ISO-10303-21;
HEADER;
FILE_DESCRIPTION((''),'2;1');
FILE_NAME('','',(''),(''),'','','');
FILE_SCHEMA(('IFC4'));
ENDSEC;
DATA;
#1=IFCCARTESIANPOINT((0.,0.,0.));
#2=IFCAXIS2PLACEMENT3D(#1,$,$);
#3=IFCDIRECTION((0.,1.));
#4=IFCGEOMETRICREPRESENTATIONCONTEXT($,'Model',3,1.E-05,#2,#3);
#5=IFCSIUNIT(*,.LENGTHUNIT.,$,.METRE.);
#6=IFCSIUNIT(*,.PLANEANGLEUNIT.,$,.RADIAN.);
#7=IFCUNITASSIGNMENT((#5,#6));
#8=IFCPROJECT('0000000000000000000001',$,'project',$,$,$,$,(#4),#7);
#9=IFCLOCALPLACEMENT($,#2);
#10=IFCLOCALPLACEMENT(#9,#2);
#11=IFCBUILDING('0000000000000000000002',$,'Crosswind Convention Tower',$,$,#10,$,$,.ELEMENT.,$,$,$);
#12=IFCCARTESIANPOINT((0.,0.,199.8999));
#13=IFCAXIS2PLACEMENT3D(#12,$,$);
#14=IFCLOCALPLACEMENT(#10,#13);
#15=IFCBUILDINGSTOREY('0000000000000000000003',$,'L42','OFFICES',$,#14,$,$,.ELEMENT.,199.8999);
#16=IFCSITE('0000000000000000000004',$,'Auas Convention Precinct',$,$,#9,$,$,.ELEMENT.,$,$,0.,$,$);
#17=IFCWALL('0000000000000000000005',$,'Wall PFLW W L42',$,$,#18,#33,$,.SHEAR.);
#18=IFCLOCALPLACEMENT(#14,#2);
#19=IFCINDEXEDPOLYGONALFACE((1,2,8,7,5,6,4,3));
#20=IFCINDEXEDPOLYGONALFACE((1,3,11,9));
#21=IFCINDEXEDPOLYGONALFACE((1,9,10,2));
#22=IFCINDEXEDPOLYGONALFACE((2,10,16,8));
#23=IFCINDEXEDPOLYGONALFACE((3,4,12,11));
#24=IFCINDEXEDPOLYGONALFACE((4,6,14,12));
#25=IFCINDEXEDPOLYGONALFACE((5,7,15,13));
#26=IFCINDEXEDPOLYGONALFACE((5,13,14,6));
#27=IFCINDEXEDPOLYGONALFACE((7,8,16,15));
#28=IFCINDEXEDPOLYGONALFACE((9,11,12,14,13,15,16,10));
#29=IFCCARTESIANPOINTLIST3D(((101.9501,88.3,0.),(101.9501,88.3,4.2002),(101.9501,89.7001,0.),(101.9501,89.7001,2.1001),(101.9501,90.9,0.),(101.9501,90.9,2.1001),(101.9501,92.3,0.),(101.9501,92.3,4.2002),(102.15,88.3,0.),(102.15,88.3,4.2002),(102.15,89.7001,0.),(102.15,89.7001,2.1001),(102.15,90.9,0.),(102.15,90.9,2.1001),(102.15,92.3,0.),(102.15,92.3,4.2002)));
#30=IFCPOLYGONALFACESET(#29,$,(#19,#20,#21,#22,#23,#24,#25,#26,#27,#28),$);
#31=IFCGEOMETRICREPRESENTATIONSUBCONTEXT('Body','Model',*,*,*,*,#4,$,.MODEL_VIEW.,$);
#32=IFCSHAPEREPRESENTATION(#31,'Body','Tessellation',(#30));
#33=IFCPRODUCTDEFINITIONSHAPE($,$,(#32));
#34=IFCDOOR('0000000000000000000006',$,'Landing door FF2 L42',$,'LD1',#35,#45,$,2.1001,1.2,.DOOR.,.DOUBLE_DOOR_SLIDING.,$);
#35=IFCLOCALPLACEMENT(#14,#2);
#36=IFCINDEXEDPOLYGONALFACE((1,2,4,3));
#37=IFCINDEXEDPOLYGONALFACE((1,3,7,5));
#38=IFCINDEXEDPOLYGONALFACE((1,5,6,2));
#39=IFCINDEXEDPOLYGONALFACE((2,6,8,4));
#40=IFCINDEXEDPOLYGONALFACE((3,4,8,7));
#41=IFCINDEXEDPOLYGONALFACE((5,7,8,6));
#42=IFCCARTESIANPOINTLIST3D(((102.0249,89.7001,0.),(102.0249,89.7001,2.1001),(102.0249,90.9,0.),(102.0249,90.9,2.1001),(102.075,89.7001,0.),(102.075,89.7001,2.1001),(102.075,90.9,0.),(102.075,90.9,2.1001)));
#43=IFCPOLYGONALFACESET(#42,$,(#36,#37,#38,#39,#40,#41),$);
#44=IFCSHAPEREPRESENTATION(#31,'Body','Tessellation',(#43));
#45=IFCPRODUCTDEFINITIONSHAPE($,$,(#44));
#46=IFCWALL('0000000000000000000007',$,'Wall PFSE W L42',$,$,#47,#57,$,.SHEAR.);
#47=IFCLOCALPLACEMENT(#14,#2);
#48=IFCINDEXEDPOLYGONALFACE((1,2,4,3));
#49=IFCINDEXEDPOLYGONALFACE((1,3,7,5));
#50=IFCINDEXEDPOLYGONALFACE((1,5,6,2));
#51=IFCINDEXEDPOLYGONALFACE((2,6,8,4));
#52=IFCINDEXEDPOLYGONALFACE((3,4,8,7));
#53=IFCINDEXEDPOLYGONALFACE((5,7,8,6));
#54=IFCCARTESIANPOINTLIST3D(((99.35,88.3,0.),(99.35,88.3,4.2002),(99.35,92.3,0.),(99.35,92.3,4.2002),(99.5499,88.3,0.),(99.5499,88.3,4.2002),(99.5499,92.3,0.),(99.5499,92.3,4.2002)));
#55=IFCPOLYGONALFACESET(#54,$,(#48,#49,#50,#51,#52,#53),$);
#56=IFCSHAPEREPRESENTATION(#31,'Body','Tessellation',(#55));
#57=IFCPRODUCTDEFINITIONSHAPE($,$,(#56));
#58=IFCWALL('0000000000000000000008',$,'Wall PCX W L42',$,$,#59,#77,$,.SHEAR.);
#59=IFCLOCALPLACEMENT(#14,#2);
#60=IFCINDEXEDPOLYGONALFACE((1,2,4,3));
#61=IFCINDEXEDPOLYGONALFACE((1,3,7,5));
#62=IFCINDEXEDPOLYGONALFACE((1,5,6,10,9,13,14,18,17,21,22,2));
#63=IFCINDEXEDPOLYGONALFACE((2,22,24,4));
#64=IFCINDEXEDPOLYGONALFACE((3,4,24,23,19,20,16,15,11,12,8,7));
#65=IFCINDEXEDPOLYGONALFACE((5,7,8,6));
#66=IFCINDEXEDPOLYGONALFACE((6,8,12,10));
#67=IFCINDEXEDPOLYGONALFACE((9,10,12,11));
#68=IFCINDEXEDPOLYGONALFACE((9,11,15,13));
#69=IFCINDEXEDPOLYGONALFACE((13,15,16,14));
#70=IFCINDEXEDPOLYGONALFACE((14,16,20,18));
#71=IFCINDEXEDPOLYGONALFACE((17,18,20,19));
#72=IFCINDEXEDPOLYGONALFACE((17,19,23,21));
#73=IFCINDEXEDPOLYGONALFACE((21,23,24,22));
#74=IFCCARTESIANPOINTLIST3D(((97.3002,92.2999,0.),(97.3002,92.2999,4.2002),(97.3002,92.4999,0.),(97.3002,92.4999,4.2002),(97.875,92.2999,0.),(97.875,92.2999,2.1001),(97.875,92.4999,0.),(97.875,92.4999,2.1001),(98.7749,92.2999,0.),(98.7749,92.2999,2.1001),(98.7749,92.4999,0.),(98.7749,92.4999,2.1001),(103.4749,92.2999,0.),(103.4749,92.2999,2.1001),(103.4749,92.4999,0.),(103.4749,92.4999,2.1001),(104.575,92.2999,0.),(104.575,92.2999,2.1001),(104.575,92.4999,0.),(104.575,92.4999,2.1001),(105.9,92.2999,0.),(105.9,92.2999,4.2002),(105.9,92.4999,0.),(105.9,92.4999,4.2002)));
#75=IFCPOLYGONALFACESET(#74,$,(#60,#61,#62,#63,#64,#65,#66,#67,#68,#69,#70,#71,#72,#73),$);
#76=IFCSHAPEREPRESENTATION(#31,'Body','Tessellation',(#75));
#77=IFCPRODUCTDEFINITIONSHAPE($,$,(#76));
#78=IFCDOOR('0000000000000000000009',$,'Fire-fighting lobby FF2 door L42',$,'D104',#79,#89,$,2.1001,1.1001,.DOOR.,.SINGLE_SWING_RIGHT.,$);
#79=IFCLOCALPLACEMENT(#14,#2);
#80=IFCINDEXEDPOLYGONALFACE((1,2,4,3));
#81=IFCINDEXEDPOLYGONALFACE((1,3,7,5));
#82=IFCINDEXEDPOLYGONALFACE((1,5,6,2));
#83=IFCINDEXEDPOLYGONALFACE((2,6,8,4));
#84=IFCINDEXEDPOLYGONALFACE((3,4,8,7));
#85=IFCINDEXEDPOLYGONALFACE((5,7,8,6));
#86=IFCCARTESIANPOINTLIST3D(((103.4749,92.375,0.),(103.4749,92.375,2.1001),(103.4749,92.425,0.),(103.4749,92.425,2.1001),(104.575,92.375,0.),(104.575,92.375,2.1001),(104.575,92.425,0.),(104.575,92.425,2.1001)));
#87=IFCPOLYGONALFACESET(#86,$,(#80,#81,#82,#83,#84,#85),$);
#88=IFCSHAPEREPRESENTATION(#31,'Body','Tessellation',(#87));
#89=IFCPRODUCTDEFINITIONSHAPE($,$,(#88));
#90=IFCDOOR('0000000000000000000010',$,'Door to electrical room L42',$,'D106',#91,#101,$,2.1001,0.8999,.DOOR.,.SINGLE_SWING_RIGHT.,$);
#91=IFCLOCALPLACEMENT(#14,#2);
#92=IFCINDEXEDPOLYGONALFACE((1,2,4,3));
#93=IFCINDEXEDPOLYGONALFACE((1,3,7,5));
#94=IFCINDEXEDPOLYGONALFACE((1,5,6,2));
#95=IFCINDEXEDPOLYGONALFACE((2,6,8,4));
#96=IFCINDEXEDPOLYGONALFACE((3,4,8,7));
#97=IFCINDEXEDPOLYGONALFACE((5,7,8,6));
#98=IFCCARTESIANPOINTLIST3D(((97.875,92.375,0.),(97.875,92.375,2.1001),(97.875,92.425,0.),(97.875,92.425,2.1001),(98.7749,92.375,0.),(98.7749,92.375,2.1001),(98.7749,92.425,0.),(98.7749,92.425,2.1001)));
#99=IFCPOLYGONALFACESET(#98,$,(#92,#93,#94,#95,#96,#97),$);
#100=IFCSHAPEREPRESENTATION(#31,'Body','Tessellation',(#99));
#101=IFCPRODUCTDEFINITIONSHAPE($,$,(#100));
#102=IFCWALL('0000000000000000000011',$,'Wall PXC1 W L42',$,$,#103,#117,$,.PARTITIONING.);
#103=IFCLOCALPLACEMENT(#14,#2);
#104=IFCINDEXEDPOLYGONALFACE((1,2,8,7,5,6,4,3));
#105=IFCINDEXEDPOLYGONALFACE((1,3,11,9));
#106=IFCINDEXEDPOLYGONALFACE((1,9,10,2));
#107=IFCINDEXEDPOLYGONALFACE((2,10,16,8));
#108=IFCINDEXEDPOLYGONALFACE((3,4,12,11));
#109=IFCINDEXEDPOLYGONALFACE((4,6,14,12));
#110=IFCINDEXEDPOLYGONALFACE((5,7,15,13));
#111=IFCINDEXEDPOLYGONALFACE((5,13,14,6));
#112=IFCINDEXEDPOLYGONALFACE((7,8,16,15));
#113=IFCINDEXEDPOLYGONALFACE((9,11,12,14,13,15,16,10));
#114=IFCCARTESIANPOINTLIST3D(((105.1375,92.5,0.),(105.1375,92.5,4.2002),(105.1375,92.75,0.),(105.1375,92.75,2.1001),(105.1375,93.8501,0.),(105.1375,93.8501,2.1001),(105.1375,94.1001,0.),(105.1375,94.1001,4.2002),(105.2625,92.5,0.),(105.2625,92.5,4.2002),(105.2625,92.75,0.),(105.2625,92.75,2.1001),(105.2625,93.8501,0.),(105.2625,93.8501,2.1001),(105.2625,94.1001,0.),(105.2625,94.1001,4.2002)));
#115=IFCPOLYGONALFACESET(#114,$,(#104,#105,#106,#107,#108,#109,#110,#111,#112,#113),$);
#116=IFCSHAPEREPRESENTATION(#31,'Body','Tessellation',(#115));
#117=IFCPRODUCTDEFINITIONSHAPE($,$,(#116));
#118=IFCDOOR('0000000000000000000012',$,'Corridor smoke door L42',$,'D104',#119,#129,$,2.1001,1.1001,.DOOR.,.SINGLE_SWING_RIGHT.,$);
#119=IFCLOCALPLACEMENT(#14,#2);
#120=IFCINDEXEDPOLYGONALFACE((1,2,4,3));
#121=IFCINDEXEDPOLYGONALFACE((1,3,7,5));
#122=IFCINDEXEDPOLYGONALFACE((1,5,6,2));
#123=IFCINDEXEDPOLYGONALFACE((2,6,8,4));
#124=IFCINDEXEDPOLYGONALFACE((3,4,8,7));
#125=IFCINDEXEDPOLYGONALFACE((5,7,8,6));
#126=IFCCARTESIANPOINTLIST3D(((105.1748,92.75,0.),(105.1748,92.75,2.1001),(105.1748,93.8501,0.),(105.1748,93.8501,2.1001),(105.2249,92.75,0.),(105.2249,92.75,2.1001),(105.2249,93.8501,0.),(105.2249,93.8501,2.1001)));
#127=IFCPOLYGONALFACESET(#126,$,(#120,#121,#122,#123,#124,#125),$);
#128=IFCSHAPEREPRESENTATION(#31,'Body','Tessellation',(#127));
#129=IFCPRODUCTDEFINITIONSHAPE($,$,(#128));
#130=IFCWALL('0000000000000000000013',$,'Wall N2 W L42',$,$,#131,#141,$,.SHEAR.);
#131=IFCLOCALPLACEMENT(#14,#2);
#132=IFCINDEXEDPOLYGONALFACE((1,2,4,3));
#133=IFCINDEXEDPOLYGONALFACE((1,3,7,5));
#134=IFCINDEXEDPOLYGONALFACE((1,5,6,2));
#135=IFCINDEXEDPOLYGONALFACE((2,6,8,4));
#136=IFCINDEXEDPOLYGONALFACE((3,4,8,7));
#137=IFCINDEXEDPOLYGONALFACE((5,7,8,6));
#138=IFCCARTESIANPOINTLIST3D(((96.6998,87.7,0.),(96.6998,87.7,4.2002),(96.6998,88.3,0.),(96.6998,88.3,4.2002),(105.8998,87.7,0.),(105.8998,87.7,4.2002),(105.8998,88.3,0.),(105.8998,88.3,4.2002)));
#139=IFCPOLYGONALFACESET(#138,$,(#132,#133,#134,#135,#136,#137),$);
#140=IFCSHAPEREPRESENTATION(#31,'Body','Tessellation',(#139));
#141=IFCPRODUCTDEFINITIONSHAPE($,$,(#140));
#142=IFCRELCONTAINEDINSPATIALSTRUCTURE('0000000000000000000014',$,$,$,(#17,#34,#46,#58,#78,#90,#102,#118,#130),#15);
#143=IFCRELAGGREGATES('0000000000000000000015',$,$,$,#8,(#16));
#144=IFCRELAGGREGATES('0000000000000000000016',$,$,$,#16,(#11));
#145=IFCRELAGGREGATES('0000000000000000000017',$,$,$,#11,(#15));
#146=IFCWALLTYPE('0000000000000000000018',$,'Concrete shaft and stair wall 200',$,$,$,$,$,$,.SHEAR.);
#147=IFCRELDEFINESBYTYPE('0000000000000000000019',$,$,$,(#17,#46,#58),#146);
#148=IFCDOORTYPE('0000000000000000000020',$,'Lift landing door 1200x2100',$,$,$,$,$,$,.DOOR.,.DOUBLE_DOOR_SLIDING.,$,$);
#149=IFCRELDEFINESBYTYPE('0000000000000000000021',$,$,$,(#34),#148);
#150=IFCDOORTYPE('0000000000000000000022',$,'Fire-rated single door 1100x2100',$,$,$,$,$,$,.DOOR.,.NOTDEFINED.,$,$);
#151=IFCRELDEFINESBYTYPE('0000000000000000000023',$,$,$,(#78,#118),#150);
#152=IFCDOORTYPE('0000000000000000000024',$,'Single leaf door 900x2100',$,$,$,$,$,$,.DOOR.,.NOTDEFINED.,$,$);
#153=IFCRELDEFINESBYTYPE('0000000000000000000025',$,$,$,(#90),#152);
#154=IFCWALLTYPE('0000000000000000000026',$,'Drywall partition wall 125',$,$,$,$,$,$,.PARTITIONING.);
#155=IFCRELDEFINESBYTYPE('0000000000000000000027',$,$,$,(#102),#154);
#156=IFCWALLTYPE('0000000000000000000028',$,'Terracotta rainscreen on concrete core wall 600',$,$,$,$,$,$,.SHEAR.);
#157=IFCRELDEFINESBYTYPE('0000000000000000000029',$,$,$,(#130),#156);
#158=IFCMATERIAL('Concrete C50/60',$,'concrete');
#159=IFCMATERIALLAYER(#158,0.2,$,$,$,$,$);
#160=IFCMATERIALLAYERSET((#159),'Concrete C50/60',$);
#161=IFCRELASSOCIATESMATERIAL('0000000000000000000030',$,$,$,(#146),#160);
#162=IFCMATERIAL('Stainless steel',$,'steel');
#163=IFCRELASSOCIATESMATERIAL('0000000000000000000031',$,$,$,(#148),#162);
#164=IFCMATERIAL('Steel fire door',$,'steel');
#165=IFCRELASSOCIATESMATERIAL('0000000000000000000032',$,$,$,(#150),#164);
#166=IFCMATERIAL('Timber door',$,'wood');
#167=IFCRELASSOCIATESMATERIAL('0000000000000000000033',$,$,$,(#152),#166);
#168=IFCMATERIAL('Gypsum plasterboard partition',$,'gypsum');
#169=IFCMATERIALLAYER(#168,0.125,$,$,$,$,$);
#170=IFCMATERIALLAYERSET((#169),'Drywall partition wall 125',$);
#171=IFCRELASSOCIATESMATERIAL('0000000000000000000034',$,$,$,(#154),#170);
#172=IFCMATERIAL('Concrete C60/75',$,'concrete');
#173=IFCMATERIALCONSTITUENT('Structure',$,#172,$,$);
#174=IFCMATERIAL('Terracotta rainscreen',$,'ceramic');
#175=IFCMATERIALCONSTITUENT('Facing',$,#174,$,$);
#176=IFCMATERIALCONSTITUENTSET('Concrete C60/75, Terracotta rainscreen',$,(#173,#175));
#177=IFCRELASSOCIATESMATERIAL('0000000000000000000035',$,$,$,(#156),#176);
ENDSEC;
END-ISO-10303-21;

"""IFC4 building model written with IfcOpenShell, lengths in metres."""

from ifc_helpers import new_model, si_unit, direction, frame, frame_2d, origin, place, context, subcontext, project, spatial, rectangle, extrude, material, layer, layer_set, constituent, constituent_set, type_object, element, fill, save


model = new_model("IFC4")

# Units and contexts
model_context = context("Model", 3, precision=1e-05, world=origin(), true_north=direction((0.0, 1.0)))
body_context = subcontext(model_context, "Body", "Model", "MODEL_VIEW")
ifc_project = project(units=[si_unit("LENGTHUNIT", "METRE"), si_unit("PLANEANGLEUNIT", "RADIAN")], contexts=[model_context])

# Site, building, storey
site_placement = place(None, origin())
site = spatial("IfcSite", under=ifc_project, at=site_placement, Name="Auas Convention Precinct", CompositionType="ELEMENT", RefElevation=0.0)
building_placement = place(site_placement, origin())
building = spatial("IfcBuilding", under=site, at=building_placement, Name="Crosswind Convention Tower", CompositionType="ELEMENT")
storey_placement = place(building_placement, frame((0.0, 0.0, 199.8999)))
storey = spatial("IfcBuildingStorey", under=building, at=storey_placement, Name="L42", Description="OFFICES", CompositionType="ELEMENT", Elevation=199.8999)

# Shared definitions
ifc_material_1 = material(Name="Concrete C50/60", Category="concrete")
ifc_layer_1 = layer(ifc_material_1, 0.2)
ifc_layer_set_1 = layer_set([ifc_layer_1], Name="Concrete C50/60")
wall_type_1 = type_object("IfcWallType", Name="Concrete shaft and stair wall 200", PredefinedType="SHEAR", material=ifc_layer_set_1)

# Wall, opening, door
wall_1_placement = place(storey_placement, frame((102.05, 92.3, 0.0), z_axis=(0.0, 0.0, 1.0), x_axis=(0.0, -1.0, 0.0)))
wall_1 = element("IfcWall", 1, at=wall_1_placement, inside=storey, type_object=wall_type_1, Name="Wall PFLW W L42", PredefinedType="SHEAR", context=body_context, shape_type="SweptSolid", body=[
    extrude(rectangle(XDim=4.0, YDim=0.2, at=frame_2d((2.0, 0.0))), origin(), (0.0, 0.0, 1.0), 4.2002),
])
opening_1_placement = place(wall_1_placement, frame((1.3999, 0.0, 0.0)))
opening_1 = element("IfcOpeningElement", 2, at=opening_1_placement, cuts=wall_1, PredefinedType="OPENING", context=body_context, shape_type="SweptSolid", body=[
    extrude(rectangle(XDim=1.2, YDim=2.1001, at=frame_2d((0.6001, 1.05))), frame((0.0, 0.1099, 0.0), z_axis=(0.0, -1.0, 0.0), x_axis=(1.0, 0.0, 0.0)), (0.0, 0.0, 1.0), 0.22),
])
ifc_material_2 = material(Name="Stainless steel", Category="steel")
door_type_1 = type_object("IfcDoorType", Name="Lift landing door 1200x2100", OperationType="DOUBLE_DOOR_SLIDING", PredefinedType="DOOR", material=ifc_material_2)
door_1_placement = place(opening_1_placement, origin())
door_1 = element("IfcDoor", 3, at=door_1_placement, inside=storey, type_object=door_type_1, Name="Landing door FF2 L42", ObjectType="LD1", OperationType="DOUBLE_DOOR_SLIDING", OverallHeight=2.1001, OverallWidth=1.2, PredefinedType="DOOR", context=body_context, shape_type="SweptSolid", body=[
    extrude(rectangle(XDim=1.2, YDim=2.1001, at=frame_2d((0.6001, 1.05))), frame((0.0, 0.0249, 0.0), z_axis=(0.0, -1.0, 0.0), x_axis=(1.0, 0.0, 0.0)), (0.0, 0.0, 1.0), 0.05),
])
fill(opening_1, door_1)

# Wall
wall_2_placement = place(storey_placement, frame((99.45, 92.3, 0.0), z_axis=(0.0, 0.0, 1.0), x_axis=(0.0, -1.0, 0.0)))
element("IfcWall", 4, at=wall_2_placement, inside=storey, type_object=wall_type_1, Name="Wall PFSE W L42", PredefinedType="SHEAR", context=body_context, shape_type="SweptSolid", body=[
    extrude(rectangle(XDim=4.0, YDim=0.2, at=frame_2d((2.0, 0.0))), origin(), (0.0, 0.0, 1.0), 4.2002),
])

# Wall, openings, doors
wall_3_placement = place(storey_placement, frame((105.8999, 92.3999, 0.0), z_axis=(0.0, 0.0, 1.0), x_axis=(-1.0, 0.0, 0.0)))
wall_3 = element("IfcWall", 5, at=wall_3_placement, inside=storey, type_object=wall_type_1, Name="Wall PCX W L42", PredefinedType="SHEAR", context=body_context, shape_type="SweptSolid", body=[
    extrude(rectangle(XDim=8.5999, YDim=0.2, at=frame_2d((4.2998, 0.0))), origin(), (0.0, 0.0, 1.0), 4.2002),
])
opening_2_placement = place(wall_3_placement, frame((1.325, 0.0, 0.0)))
opening_2 = element("IfcOpeningElement", 6, at=opening_2_placement, cuts=wall_3, PredefinedType="OPENING", context=body_context, shape_type="SweptSolid", body=[
    extrude(rectangle(XDim=1.1001, YDim=2.1001, at=frame_2d((0.55, 1.05))), frame((0.0, 0.1099, 0.0), z_axis=(0.0, -1.0, 0.0), x_axis=(1.0, 0.0, 0.0)), (0.0, 0.0, 1.0), 0.22),
])
opening_3_placement = place(wall_3_placement, frame((7.125, 0.0, 0.0)))
opening_3 = element("IfcOpeningElement", 7, at=opening_3_placement, cuts=wall_3, PredefinedType="OPENING", context=body_context, shape_type="SweptSolid", body=[
    extrude(rectangle(XDim=0.8999, YDim=2.1001, at=frame_2d((0.45, 1.05))), frame((0.0, 0.1099, 0.0), z_axis=(0.0, -1.0, 0.0), x_axis=(1.0, 0.0, 0.0)), (0.0, 0.0, 1.0), 0.22),
])
ifc_material_3 = material(Name="Steel fire door", Category="steel")
door_type_2 = type_object("IfcDoorType", Name="Fire-rated single door 1100x2100", OperationType="NOTDEFINED", PredefinedType="DOOR", material=ifc_material_3)
door_2_placement = place(opening_2_placement, origin())
door_2 = element("IfcDoor", 8, at=door_2_placement, inside=storey, type_object=door_type_2, Name="Fire-fighting lobby FF2 door L42", ObjectType="D104", OperationType="SINGLE_SWING_RIGHT", OverallHeight=2.1001, OverallWidth=1.1001, PredefinedType="DOOR", context=body_context, shape_type="SweptSolid", body=[
    extrude(rectangle(XDim=1.1001, YDim=2.1001, at=frame_2d((0.55, 1.05))), frame((0.0, 0.0249, 0.0), z_axis=(0.0, -1.0, 0.0), x_axis=(1.0, 0.0, 0.0)), (0.0, 0.0, 1.0), 0.05),
])
fill(opening_2, door_2)
ifc_material_4 = material(Name="Timber door", Category="wood")
door_type_3 = type_object("IfcDoorType", Name="Single leaf door 900x2100", OperationType="NOTDEFINED", PredefinedType="DOOR", material=ifc_material_4)
door_3_placement = place(opening_3_placement, origin())
door_3 = element("IfcDoor", 9, at=door_3_placement, inside=storey, type_object=door_type_3, Name="Door to electrical room L42", ObjectType="D106", OperationType="SINGLE_SWING_RIGHT", OverallHeight=2.1001, OverallWidth=0.8999, PredefinedType="DOOR", context=body_context, shape_type="SweptSolid", body=[
    extrude(rectangle(XDim=0.8999, YDim=2.1001, at=frame_2d((0.45, 1.05))), frame((0.0, 0.0249, 0.0), z_axis=(0.0, -1.0, 0.0), x_axis=(1.0, 0.0, 0.0)), (0.0, 0.0, 1.0), 0.05),
])
fill(opening_3, door_3)

# Wall, opening, door
ifc_material_5 = material(Name="Gypsum plasterboard partition", Category="gypsum")
ifc_layer_2 = layer(ifc_material_5, 0.125)
ifc_layer_set_2 = layer_set([ifc_layer_2], Name="Drywall partition wall 125")
wall_type_2 = type_object("IfcWallType", Name="Drywall partition wall 125", PredefinedType="PARTITIONING", material=ifc_layer_set_2)
wall_4_placement = place(storey_placement, frame((105.2, 94.1001, 0.0), z_axis=(0.0, 0.0, 1.0), x_axis=(0.0, -1.0, 0.0)))
wall_4 = element("IfcWall", 10, at=wall_4_placement, inside=storey, type_object=wall_type_2, Name="Wall PXC1 W L42", PredefinedType="PARTITIONING", context=body_context, shape_type="SweptSolid", body=[
    extrude(rectangle(XDim=1.6001, YDim=0.125, at=frame_2d((0.8, 0.0))), origin(), (0.0, 0.0, 1.0), 4.2002),
])
opening_4_placement = place(wall_4_placement, frame((0.25, 0.0, 0.0)))
opening_4 = element("IfcOpeningElement", 11, at=opening_4_placement, cuts=wall_4, PredefinedType="OPENING", context=body_context, shape_type="SweptSolid", body=[
    extrude(rectangle(XDim=1.1001, YDim=2.1001, at=frame_2d((0.55, 1.05))), frame((0.0, 0.0725, 0.0), z_axis=(0.0, -1.0, 0.0), x_axis=(1.0, 0.0, 0.0)), (0.0, 0.0, 1.0), 0.145),
])
door_4_placement = place(opening_4_placement, origin())
door_4 = element("IfcDoor", 12, at=door_4_placement, inside=storey, type_object=door_type_2, Name="Corridor smoke door L42", ObjectType="D104", OperationType="SINGLE_SWING_RIGHT", OverallHeight=2.1001, OverallWidth=1.1001, PredefinedType="DOOR", context=body_context, shape_type="SweptSolid", body=[
    extrude(rectangle(XDim=1.1001, YDim=2.1001, at=frame_2d((0.55, 1.05))), frame((0.0, 0.0249, 0.0), z_axis=(0.0, -1.0, 0.0), x_axis=(1.0, 0.0, 0.0)), (0.0, 0.0, 1.0), 0.05),
])
fill(opening_4, door_4)

# Wall
ifc_material_6 = material(Name="Concrete C60/75", Category="concrete")
ifc_constituent_1 = constituent(ifc_material_6, Name="Structure")
ifc_material_7 = material(Name="Terracotta rainscreen", Category="ceramic")
ifc_constituent_2 = constituent(ifc_material_7, Name="Facing")
ifc_constituent_set = constituent_set(constituents=[ifc_constituent_1, ifc_constituent_2], Name="Concrete C60/75, Terracotta rainscreen")
wall_type_3 = type_object("IfcWallType", Name="Terracotta rainscreen on concrete core wall 600", PredefinedType="SHEAR", material=ifc_constituent_set)
wall_5_placement = place(storey_placement, frame((105.8999, 88.0, 0.0), z_axis=(0.0, 0.0, 1.0), x_axis=(-1.0, 0.0, 0.0)))
element("IfcWall", 13, at=wall_5_placement, inside=storey, type_object=wall_type_3, Name="Wall N2 W L42", PredefinedType="SHEAR", context=body_context, shape_type="SweptSolid", body=[
    extrude(rectangle(XDim=9.2, YDim=0.6001, at=frame_2d((4.6001, 0.0))), origin(), (0.0, 0.0, 1.0), 4.2002),
])

save(model, "model.ifc")
